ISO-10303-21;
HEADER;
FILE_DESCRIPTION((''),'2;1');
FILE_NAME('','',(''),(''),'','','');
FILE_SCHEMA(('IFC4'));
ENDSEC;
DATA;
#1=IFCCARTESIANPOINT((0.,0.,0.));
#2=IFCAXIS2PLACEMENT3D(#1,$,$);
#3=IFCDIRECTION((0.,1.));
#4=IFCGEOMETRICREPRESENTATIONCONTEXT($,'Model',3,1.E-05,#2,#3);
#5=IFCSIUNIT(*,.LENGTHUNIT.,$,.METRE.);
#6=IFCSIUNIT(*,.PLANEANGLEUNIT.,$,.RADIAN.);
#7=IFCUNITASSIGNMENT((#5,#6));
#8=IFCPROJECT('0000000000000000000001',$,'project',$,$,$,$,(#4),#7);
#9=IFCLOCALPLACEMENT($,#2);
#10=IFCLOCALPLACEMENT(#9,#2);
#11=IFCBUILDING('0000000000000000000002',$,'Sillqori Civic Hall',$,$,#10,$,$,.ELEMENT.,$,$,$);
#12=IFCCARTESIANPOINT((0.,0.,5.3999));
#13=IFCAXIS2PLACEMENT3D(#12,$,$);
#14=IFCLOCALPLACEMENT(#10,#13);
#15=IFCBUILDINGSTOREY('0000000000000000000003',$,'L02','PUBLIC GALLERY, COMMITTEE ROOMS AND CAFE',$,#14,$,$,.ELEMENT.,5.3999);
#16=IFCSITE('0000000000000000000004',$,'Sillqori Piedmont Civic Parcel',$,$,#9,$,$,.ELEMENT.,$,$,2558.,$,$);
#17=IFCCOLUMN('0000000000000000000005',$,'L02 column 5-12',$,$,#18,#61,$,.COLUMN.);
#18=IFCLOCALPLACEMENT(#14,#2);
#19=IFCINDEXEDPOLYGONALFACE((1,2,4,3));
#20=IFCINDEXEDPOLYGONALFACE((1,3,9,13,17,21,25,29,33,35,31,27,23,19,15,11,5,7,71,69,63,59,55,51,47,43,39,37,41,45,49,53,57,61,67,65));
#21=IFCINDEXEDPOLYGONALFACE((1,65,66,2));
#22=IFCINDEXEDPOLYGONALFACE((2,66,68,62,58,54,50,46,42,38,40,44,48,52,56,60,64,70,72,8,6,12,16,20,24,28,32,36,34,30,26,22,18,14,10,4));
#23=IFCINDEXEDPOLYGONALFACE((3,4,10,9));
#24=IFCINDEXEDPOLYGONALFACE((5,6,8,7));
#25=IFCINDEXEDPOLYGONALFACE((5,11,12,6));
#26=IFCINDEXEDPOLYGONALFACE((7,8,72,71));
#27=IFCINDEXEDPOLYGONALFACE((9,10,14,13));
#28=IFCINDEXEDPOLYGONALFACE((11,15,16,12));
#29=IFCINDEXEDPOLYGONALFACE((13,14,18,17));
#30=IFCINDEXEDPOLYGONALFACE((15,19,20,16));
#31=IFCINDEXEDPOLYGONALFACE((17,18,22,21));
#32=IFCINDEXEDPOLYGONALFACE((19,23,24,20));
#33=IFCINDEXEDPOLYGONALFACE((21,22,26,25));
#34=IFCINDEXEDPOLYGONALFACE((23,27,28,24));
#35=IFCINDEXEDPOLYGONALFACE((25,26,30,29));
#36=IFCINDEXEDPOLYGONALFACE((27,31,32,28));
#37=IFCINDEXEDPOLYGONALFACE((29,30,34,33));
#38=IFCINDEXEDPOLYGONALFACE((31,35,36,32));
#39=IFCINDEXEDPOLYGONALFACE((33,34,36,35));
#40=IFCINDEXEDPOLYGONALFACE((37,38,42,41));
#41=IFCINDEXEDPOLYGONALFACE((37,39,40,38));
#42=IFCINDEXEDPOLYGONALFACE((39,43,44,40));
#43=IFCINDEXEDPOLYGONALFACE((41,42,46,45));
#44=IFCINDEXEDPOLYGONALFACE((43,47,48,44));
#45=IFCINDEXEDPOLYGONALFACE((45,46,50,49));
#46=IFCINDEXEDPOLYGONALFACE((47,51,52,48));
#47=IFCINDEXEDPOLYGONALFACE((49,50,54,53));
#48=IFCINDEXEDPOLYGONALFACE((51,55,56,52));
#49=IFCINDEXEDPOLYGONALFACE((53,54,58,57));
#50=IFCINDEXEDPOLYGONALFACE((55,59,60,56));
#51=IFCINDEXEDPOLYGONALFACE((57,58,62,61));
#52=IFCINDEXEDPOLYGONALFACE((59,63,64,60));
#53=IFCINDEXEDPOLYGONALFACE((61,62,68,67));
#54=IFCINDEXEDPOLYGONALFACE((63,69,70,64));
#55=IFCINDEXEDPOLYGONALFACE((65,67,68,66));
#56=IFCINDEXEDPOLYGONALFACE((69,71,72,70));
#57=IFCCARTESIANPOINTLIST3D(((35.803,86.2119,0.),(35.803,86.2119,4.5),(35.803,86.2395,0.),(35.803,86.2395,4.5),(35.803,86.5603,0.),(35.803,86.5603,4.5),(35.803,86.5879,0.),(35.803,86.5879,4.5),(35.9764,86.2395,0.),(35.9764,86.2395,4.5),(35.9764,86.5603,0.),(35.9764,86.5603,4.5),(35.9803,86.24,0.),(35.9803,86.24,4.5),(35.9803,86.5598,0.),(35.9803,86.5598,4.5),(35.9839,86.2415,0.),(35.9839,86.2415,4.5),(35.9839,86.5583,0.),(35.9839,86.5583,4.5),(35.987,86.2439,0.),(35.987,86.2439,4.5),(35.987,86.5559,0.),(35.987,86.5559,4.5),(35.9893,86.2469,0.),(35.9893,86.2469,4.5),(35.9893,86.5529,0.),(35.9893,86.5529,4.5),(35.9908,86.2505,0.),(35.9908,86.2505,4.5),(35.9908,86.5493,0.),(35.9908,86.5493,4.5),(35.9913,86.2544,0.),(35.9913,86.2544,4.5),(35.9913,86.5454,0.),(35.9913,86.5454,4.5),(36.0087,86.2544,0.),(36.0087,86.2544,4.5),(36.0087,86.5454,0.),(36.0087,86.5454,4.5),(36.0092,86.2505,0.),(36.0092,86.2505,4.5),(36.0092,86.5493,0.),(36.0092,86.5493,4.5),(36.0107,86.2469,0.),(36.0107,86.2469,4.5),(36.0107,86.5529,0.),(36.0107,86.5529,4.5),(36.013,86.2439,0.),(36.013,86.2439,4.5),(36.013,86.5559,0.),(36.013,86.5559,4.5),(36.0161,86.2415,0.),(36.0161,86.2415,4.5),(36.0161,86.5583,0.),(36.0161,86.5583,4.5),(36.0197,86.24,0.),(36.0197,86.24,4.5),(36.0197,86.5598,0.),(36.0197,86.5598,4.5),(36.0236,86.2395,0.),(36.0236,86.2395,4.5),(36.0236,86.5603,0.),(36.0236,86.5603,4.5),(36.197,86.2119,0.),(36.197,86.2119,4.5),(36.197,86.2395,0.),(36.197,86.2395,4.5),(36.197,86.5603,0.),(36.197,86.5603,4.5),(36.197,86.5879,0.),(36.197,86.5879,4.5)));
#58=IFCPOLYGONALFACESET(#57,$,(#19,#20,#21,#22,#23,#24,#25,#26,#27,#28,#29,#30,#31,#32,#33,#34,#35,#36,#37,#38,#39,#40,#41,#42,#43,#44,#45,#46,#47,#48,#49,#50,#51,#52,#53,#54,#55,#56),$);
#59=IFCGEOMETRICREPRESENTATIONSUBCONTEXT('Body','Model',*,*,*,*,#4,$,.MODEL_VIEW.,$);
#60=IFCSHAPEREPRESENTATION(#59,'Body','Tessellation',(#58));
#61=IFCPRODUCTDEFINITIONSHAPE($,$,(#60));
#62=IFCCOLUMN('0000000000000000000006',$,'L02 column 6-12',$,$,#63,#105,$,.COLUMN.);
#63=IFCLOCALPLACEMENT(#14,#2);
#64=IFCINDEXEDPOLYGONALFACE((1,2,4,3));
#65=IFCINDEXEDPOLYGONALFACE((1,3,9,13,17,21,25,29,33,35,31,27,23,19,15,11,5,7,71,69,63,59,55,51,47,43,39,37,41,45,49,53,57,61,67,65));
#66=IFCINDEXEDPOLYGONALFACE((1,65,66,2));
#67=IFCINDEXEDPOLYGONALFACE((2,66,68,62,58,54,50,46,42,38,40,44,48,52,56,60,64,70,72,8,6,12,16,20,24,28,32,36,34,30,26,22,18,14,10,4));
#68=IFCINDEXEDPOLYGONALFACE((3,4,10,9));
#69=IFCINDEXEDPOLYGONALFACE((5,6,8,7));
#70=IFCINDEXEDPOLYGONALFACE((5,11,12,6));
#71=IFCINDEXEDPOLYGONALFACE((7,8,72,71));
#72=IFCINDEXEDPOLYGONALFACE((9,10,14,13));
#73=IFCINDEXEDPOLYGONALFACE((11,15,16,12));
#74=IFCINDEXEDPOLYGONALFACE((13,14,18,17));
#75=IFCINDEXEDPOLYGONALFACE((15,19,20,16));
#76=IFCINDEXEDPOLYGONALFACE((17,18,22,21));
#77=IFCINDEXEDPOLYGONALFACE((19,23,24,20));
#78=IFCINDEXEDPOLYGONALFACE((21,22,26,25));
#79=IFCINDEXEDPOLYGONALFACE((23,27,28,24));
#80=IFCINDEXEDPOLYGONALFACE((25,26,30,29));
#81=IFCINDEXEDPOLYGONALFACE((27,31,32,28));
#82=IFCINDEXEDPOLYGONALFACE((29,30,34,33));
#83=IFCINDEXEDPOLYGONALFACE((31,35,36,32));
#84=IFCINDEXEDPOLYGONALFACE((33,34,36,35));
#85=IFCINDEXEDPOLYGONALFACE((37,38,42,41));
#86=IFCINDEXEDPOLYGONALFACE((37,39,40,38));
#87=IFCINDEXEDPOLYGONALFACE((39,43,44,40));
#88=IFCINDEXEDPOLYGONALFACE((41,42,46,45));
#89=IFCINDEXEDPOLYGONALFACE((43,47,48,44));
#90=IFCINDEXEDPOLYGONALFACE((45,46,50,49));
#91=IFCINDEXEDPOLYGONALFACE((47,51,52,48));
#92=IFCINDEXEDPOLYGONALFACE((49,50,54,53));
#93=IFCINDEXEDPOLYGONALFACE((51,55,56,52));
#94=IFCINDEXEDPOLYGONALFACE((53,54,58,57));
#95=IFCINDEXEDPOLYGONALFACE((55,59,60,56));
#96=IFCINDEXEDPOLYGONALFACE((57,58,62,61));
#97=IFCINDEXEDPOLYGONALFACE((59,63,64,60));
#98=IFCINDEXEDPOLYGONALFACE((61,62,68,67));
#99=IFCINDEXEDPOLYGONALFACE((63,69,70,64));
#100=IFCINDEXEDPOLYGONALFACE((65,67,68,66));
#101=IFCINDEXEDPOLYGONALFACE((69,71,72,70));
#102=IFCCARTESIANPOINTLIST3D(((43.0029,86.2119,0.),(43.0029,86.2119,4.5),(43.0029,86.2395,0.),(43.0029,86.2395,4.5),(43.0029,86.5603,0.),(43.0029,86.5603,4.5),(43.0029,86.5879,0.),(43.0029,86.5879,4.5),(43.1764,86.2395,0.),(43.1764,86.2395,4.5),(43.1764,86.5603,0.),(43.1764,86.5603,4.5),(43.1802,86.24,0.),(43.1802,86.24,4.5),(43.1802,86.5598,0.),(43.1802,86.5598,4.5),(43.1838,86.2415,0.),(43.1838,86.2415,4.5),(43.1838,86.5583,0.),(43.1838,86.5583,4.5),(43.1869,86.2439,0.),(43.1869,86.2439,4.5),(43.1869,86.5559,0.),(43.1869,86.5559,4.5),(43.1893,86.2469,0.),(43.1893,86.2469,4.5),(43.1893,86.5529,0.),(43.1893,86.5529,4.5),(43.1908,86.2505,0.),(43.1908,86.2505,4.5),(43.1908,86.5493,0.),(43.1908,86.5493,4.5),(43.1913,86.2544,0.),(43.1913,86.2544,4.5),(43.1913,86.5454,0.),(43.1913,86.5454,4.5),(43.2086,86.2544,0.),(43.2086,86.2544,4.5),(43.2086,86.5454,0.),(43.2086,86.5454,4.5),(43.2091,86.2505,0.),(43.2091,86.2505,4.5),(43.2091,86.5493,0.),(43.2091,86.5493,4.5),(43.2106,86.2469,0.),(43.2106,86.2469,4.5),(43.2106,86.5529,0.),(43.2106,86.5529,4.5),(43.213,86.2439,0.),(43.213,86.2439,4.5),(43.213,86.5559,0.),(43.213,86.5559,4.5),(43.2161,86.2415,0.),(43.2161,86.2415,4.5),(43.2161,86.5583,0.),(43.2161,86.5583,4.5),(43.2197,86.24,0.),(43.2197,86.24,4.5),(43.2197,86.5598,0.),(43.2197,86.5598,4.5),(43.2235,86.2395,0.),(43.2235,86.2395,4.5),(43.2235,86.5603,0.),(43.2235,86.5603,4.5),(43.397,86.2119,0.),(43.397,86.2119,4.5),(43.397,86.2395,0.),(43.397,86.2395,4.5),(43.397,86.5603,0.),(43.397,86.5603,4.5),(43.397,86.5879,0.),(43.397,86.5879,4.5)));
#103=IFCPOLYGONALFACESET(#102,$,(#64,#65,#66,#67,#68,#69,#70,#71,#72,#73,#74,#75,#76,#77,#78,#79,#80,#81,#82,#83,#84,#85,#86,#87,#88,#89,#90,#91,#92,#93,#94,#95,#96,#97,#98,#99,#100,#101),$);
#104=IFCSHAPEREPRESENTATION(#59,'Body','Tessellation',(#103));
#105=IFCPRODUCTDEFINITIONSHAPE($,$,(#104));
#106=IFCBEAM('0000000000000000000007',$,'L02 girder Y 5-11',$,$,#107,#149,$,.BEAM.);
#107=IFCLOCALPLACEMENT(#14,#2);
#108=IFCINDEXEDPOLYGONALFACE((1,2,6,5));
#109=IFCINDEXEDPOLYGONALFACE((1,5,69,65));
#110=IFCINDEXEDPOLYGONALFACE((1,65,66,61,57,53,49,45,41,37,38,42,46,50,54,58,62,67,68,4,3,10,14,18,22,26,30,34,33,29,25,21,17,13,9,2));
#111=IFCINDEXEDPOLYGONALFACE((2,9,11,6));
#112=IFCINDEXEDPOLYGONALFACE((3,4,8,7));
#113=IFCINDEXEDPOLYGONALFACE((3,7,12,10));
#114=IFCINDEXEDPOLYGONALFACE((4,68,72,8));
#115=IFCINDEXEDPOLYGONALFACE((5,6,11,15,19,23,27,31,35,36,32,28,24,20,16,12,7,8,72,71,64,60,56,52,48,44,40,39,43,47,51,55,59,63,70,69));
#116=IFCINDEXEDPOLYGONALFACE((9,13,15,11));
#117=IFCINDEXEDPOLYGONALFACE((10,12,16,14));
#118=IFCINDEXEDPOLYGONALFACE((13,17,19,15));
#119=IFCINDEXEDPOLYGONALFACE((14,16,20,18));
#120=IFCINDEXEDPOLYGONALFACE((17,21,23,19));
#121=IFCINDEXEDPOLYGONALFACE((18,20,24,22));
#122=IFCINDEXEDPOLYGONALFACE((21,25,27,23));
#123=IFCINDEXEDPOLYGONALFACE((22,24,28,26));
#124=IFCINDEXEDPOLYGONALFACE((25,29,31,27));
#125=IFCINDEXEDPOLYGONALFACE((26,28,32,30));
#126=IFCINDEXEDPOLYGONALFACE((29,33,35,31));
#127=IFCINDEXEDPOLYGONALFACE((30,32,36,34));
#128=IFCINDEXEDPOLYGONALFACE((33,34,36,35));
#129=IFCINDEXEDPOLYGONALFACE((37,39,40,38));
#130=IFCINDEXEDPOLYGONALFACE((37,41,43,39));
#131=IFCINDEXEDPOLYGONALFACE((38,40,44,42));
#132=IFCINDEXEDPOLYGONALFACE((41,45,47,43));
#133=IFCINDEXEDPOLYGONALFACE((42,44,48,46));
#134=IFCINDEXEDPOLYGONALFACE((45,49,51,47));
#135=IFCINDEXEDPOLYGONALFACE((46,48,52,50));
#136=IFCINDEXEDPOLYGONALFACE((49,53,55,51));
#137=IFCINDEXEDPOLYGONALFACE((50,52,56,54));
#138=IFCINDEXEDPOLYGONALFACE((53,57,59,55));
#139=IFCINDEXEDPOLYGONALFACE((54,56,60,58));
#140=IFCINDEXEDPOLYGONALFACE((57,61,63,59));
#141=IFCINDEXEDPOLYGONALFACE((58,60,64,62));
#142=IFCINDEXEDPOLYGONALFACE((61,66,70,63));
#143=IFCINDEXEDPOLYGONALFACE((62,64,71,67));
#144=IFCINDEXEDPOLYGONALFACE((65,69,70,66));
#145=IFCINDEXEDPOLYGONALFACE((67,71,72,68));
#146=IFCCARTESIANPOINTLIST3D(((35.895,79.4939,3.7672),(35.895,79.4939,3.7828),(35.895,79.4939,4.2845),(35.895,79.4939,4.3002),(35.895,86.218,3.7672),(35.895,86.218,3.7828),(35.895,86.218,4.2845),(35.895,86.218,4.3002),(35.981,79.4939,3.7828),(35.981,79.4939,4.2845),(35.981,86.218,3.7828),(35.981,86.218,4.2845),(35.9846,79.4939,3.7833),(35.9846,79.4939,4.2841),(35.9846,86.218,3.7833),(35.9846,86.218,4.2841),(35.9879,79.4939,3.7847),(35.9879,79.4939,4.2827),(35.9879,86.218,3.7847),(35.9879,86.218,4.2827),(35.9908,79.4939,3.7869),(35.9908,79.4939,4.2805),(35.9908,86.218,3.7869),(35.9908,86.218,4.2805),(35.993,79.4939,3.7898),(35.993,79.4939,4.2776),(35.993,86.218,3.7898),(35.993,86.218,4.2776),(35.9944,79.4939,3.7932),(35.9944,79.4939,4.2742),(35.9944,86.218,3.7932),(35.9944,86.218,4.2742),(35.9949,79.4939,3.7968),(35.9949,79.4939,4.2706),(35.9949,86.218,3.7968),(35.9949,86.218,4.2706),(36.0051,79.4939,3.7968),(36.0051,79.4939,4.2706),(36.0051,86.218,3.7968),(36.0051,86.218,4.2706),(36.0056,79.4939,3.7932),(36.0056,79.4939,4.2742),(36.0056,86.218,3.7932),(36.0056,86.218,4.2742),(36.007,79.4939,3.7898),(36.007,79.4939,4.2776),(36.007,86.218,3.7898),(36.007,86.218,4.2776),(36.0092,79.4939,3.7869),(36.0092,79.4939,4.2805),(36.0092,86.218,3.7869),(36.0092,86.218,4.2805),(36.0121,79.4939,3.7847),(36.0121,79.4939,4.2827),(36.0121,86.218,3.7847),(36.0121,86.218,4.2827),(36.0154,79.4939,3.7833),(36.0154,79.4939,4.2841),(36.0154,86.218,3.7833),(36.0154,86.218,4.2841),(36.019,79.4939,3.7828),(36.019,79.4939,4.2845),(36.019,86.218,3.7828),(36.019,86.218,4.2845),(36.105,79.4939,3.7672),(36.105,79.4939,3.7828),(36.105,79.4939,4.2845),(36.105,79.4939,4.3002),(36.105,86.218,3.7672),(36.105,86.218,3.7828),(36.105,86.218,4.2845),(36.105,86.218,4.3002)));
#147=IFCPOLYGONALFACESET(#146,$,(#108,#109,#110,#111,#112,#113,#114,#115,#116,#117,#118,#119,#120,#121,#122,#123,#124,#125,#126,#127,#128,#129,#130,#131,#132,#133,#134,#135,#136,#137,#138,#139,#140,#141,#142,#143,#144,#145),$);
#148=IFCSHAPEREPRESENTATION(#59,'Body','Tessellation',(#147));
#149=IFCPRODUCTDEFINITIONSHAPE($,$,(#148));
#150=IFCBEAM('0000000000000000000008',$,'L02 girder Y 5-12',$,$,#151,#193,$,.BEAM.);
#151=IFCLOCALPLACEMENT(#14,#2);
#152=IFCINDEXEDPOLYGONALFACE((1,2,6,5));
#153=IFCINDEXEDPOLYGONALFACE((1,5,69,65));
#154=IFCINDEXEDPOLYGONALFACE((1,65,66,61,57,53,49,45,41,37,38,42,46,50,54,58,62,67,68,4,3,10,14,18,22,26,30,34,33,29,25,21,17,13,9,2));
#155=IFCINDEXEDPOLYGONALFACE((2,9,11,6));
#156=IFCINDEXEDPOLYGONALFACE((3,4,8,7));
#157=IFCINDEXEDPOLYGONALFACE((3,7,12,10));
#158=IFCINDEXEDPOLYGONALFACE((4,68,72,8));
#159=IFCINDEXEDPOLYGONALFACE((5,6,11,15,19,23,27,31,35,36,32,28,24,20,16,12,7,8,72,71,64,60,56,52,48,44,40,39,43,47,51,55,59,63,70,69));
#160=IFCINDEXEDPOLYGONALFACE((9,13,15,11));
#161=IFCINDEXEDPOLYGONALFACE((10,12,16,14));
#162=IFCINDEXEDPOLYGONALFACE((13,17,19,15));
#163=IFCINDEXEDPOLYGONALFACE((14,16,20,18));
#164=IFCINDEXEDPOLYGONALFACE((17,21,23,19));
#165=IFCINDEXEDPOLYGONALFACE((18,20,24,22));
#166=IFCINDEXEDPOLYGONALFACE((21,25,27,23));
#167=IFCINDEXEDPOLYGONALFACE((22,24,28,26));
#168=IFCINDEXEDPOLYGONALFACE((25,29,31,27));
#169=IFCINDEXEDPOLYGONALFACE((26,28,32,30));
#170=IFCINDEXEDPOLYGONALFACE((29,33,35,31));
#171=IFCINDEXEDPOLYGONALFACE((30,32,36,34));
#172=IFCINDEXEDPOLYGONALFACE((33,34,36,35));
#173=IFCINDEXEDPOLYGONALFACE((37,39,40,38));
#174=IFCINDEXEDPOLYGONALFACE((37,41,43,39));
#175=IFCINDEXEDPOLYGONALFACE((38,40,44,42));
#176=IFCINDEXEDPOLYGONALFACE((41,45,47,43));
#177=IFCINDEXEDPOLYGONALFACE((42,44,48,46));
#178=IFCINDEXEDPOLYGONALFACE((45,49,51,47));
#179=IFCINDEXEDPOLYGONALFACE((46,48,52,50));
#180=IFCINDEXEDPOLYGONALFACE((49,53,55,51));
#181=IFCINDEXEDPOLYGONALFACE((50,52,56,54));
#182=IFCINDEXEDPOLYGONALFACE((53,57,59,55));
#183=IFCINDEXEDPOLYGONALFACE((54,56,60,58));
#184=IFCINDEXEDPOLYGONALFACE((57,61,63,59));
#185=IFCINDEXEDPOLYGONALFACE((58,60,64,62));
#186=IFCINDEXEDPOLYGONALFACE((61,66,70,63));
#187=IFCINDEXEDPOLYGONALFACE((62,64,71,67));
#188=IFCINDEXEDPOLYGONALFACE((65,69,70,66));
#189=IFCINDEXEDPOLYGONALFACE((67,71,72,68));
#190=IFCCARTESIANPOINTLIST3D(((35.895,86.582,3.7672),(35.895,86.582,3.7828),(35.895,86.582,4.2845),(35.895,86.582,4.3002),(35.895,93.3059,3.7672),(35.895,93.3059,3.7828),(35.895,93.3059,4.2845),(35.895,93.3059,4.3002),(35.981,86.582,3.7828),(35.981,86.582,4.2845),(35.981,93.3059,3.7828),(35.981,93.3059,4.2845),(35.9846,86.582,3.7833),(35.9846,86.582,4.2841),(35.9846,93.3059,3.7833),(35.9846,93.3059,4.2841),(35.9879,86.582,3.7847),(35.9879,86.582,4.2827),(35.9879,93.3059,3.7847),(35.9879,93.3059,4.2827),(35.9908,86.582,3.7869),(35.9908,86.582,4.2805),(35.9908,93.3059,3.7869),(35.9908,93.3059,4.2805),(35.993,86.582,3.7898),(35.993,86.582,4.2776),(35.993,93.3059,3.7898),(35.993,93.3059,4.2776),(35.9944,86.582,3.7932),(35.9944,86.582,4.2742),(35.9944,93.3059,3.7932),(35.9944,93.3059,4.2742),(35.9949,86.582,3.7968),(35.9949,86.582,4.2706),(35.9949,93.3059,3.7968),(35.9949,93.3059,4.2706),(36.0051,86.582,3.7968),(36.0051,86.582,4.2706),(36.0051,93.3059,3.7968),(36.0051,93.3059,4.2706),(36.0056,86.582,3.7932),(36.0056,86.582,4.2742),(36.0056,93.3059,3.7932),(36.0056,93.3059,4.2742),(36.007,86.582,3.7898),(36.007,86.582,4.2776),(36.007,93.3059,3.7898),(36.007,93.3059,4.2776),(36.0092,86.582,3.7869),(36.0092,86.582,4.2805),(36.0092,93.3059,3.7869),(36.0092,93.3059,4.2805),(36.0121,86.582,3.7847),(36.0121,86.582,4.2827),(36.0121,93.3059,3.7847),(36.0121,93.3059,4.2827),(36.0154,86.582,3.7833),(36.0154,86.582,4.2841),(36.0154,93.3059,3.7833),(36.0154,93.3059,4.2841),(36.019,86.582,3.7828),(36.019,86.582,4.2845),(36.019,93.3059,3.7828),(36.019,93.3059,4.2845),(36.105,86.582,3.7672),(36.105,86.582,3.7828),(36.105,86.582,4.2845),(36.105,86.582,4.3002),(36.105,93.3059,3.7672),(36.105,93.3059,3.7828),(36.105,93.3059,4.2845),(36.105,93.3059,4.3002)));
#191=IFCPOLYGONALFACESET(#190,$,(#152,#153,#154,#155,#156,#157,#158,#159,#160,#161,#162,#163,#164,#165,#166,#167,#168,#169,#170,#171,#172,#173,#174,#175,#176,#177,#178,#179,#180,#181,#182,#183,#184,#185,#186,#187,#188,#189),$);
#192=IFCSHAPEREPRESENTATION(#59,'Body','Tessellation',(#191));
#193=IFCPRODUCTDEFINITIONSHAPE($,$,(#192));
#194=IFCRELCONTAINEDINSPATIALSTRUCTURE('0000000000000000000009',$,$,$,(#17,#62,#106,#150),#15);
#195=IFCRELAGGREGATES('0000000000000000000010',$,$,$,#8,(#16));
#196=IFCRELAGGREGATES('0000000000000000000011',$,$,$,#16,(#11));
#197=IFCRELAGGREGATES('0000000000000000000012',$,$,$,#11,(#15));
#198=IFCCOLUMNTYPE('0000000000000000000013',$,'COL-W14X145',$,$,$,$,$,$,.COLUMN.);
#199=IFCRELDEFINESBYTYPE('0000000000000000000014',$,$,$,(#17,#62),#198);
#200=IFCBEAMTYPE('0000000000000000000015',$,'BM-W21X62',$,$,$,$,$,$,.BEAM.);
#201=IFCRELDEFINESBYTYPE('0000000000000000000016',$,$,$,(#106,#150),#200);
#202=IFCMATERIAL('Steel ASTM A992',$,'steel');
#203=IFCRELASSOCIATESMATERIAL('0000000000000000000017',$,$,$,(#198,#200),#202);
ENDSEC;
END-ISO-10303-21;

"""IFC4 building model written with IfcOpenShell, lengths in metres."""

from ifc_helpers import new_model, si_unit, direction, frame, origin, origin_2d, place, context, subcontext, project, spatial, i_section, extrude, material, material_profile, profile_set, type_object, element, save


model = new_model("IFC4")

# Units and contexts
model_context = context("Model", 3, precision=1e-05, world=origin(), true_north=direction((0.0, 1.0)))
body_context = subcontext(model_context, "Body", "Model", "MODEL_VIEW")
ifc_project = project(units=[si_unit("LENGTHUNIT", "METRE"), si_unit("PLANEANGLEUNIT", "RADIAN")], contexts=[model_context])

# Site, building, storey
site_placement = place(None, origin())
site = spatial("IfcSite", under=ifc_project, at=site_placement, Name="Sillqori Piedmont Civic Parcel", CompositionType="ELEMENT", RefElevation=2558.0)
building_placement = place(site_placement, origin())
building = spatial("IfcBuilding", under=site, at=building_placement, Name="Sillqori Civic Hall", CompositionType="ELEMENT")
storey_placement = place(building_placement, frame((0.0, 0.0, 5.3999)))
storey = spatial("IfcBuildingStorey", under=building, at=storey_placement, Name="L02", Description="PUBLIC GALLERY, COMMITTEE ROOMS AND CAFE", CompositionType="ELEMENT", Elevation=5.3999)

# Columns
ifc_material_1 = material(Name="Steel ASTM A992", Category="steel")
ifc_material_profile_1 = material_profile(ifc_material_1, i_section(OverallWidth=0.394, OverallDepth=0.376, WebThickness=0.0173, FlangeThickness=0.0276, FilletRadius=0.0149, at=origin_2d()), Name="W14X145")
ifc_profile_set_1 = profile_set([ifc_material_profile_1], Name="Steel ASTM A992")
column_type = type_object("IfcColumnType", Name="COL-W14X145", PredefinedType="COLUMN", material=ifc_profile_set_1)
for number, where, z_axis, x_axis, name in (
    (1, (36.0, 86.3999, 0.0), (0.0, 0.0, 1.0), (1.0, 0.0, 0.0), "L02 column 5-12"),
    (2, (43.2, 86.3999, 0.0), (0.0, 0.0, 1.0), (1.0, 0.0, 0.0), "L02 column 6-12"),
):
    element("IfcColumn", number, at=place(storey_placement, frame(where, z_axis=z_axis, x_axis=x_axis)), inside=storey, type_object=column_type, Name=name, PredefinedType="COLUMN", context=body_context, shape_type="SweptSolid", body=[
        extrude(i_section(OverallWidth=0.394, OverallDepth=0.376, WebThickness=0.0173, FlangeThickness=0.0276, FilletRadius=0.0149, at=origin_2d()), origin(), (0.0, 0.0, 1.0), 4.5),
    ])

# Beams
ifc_material_profile_2 = material_profile(ifc_material_1, i_section(OverallWidth=0.21, OverallDepth=0.533, WebThickness=0.0103, FlangeThickness=0.0156, FilletRadius=0.0139, at=origin_2d()), Name="W21X62")
ifc_profile_set_2 = profile_set([ifc_material_profile_2], Name="Steel ASTM A992")
beam_type_1 = type_object("IfcBeamType", Name="BM-W21X62", PredefinedType="BEAM", material=ifc_profile_set_2)
beam_1_placement = place(storey_placement, frame((36.0, 79.4939, 4.0337), z_axis=(0.0, 1.0, 0.0), x_axis=(-1.0, 0.0, 0.0)))
element("IfcBeam", 3, at=beam_1_placement, inside=storey, type_object=beam_type_1, Name="L02 girder Y 5-11", PredefinedType="BEAM", context=body_context, shape_type="SweptSolid", body=[
    extrude(i_section(OverallWidth=0.21, OverallDepth=0.533, WebThickness=0.0103, FlangeThickness=0.0156, FilletRadius=0.0139, at=origin_2d()), origin(), (0.0, 0.0, 1.0), 6.7241),
])
beam_2_placement = place(storey_placement, frame((36.0, 86.582, 4.0337), z_axis=(0.0, 1.0, 0.0), x_axis=(-1.0, 0.0, 0.0)))
element("IfcBeam", 4, at=beam_2_placement, inside=storey, type_object=beam_type_1, Name="L02 girder Y 5-12", PredefinedType="BEAM", context=body_context, shape_type="SweptSolid", body=[
    extrude(i_section(OverallWidth=0.21, OverallDepth=0.533, WebThickness=0.0103, FlangeThickness=0.0156, FilletRadius=0.0139, at=origin_2d()), origin(), (0.0, 0.0, 1.0), 6.7239),
])

save(model, "model.ifc")
